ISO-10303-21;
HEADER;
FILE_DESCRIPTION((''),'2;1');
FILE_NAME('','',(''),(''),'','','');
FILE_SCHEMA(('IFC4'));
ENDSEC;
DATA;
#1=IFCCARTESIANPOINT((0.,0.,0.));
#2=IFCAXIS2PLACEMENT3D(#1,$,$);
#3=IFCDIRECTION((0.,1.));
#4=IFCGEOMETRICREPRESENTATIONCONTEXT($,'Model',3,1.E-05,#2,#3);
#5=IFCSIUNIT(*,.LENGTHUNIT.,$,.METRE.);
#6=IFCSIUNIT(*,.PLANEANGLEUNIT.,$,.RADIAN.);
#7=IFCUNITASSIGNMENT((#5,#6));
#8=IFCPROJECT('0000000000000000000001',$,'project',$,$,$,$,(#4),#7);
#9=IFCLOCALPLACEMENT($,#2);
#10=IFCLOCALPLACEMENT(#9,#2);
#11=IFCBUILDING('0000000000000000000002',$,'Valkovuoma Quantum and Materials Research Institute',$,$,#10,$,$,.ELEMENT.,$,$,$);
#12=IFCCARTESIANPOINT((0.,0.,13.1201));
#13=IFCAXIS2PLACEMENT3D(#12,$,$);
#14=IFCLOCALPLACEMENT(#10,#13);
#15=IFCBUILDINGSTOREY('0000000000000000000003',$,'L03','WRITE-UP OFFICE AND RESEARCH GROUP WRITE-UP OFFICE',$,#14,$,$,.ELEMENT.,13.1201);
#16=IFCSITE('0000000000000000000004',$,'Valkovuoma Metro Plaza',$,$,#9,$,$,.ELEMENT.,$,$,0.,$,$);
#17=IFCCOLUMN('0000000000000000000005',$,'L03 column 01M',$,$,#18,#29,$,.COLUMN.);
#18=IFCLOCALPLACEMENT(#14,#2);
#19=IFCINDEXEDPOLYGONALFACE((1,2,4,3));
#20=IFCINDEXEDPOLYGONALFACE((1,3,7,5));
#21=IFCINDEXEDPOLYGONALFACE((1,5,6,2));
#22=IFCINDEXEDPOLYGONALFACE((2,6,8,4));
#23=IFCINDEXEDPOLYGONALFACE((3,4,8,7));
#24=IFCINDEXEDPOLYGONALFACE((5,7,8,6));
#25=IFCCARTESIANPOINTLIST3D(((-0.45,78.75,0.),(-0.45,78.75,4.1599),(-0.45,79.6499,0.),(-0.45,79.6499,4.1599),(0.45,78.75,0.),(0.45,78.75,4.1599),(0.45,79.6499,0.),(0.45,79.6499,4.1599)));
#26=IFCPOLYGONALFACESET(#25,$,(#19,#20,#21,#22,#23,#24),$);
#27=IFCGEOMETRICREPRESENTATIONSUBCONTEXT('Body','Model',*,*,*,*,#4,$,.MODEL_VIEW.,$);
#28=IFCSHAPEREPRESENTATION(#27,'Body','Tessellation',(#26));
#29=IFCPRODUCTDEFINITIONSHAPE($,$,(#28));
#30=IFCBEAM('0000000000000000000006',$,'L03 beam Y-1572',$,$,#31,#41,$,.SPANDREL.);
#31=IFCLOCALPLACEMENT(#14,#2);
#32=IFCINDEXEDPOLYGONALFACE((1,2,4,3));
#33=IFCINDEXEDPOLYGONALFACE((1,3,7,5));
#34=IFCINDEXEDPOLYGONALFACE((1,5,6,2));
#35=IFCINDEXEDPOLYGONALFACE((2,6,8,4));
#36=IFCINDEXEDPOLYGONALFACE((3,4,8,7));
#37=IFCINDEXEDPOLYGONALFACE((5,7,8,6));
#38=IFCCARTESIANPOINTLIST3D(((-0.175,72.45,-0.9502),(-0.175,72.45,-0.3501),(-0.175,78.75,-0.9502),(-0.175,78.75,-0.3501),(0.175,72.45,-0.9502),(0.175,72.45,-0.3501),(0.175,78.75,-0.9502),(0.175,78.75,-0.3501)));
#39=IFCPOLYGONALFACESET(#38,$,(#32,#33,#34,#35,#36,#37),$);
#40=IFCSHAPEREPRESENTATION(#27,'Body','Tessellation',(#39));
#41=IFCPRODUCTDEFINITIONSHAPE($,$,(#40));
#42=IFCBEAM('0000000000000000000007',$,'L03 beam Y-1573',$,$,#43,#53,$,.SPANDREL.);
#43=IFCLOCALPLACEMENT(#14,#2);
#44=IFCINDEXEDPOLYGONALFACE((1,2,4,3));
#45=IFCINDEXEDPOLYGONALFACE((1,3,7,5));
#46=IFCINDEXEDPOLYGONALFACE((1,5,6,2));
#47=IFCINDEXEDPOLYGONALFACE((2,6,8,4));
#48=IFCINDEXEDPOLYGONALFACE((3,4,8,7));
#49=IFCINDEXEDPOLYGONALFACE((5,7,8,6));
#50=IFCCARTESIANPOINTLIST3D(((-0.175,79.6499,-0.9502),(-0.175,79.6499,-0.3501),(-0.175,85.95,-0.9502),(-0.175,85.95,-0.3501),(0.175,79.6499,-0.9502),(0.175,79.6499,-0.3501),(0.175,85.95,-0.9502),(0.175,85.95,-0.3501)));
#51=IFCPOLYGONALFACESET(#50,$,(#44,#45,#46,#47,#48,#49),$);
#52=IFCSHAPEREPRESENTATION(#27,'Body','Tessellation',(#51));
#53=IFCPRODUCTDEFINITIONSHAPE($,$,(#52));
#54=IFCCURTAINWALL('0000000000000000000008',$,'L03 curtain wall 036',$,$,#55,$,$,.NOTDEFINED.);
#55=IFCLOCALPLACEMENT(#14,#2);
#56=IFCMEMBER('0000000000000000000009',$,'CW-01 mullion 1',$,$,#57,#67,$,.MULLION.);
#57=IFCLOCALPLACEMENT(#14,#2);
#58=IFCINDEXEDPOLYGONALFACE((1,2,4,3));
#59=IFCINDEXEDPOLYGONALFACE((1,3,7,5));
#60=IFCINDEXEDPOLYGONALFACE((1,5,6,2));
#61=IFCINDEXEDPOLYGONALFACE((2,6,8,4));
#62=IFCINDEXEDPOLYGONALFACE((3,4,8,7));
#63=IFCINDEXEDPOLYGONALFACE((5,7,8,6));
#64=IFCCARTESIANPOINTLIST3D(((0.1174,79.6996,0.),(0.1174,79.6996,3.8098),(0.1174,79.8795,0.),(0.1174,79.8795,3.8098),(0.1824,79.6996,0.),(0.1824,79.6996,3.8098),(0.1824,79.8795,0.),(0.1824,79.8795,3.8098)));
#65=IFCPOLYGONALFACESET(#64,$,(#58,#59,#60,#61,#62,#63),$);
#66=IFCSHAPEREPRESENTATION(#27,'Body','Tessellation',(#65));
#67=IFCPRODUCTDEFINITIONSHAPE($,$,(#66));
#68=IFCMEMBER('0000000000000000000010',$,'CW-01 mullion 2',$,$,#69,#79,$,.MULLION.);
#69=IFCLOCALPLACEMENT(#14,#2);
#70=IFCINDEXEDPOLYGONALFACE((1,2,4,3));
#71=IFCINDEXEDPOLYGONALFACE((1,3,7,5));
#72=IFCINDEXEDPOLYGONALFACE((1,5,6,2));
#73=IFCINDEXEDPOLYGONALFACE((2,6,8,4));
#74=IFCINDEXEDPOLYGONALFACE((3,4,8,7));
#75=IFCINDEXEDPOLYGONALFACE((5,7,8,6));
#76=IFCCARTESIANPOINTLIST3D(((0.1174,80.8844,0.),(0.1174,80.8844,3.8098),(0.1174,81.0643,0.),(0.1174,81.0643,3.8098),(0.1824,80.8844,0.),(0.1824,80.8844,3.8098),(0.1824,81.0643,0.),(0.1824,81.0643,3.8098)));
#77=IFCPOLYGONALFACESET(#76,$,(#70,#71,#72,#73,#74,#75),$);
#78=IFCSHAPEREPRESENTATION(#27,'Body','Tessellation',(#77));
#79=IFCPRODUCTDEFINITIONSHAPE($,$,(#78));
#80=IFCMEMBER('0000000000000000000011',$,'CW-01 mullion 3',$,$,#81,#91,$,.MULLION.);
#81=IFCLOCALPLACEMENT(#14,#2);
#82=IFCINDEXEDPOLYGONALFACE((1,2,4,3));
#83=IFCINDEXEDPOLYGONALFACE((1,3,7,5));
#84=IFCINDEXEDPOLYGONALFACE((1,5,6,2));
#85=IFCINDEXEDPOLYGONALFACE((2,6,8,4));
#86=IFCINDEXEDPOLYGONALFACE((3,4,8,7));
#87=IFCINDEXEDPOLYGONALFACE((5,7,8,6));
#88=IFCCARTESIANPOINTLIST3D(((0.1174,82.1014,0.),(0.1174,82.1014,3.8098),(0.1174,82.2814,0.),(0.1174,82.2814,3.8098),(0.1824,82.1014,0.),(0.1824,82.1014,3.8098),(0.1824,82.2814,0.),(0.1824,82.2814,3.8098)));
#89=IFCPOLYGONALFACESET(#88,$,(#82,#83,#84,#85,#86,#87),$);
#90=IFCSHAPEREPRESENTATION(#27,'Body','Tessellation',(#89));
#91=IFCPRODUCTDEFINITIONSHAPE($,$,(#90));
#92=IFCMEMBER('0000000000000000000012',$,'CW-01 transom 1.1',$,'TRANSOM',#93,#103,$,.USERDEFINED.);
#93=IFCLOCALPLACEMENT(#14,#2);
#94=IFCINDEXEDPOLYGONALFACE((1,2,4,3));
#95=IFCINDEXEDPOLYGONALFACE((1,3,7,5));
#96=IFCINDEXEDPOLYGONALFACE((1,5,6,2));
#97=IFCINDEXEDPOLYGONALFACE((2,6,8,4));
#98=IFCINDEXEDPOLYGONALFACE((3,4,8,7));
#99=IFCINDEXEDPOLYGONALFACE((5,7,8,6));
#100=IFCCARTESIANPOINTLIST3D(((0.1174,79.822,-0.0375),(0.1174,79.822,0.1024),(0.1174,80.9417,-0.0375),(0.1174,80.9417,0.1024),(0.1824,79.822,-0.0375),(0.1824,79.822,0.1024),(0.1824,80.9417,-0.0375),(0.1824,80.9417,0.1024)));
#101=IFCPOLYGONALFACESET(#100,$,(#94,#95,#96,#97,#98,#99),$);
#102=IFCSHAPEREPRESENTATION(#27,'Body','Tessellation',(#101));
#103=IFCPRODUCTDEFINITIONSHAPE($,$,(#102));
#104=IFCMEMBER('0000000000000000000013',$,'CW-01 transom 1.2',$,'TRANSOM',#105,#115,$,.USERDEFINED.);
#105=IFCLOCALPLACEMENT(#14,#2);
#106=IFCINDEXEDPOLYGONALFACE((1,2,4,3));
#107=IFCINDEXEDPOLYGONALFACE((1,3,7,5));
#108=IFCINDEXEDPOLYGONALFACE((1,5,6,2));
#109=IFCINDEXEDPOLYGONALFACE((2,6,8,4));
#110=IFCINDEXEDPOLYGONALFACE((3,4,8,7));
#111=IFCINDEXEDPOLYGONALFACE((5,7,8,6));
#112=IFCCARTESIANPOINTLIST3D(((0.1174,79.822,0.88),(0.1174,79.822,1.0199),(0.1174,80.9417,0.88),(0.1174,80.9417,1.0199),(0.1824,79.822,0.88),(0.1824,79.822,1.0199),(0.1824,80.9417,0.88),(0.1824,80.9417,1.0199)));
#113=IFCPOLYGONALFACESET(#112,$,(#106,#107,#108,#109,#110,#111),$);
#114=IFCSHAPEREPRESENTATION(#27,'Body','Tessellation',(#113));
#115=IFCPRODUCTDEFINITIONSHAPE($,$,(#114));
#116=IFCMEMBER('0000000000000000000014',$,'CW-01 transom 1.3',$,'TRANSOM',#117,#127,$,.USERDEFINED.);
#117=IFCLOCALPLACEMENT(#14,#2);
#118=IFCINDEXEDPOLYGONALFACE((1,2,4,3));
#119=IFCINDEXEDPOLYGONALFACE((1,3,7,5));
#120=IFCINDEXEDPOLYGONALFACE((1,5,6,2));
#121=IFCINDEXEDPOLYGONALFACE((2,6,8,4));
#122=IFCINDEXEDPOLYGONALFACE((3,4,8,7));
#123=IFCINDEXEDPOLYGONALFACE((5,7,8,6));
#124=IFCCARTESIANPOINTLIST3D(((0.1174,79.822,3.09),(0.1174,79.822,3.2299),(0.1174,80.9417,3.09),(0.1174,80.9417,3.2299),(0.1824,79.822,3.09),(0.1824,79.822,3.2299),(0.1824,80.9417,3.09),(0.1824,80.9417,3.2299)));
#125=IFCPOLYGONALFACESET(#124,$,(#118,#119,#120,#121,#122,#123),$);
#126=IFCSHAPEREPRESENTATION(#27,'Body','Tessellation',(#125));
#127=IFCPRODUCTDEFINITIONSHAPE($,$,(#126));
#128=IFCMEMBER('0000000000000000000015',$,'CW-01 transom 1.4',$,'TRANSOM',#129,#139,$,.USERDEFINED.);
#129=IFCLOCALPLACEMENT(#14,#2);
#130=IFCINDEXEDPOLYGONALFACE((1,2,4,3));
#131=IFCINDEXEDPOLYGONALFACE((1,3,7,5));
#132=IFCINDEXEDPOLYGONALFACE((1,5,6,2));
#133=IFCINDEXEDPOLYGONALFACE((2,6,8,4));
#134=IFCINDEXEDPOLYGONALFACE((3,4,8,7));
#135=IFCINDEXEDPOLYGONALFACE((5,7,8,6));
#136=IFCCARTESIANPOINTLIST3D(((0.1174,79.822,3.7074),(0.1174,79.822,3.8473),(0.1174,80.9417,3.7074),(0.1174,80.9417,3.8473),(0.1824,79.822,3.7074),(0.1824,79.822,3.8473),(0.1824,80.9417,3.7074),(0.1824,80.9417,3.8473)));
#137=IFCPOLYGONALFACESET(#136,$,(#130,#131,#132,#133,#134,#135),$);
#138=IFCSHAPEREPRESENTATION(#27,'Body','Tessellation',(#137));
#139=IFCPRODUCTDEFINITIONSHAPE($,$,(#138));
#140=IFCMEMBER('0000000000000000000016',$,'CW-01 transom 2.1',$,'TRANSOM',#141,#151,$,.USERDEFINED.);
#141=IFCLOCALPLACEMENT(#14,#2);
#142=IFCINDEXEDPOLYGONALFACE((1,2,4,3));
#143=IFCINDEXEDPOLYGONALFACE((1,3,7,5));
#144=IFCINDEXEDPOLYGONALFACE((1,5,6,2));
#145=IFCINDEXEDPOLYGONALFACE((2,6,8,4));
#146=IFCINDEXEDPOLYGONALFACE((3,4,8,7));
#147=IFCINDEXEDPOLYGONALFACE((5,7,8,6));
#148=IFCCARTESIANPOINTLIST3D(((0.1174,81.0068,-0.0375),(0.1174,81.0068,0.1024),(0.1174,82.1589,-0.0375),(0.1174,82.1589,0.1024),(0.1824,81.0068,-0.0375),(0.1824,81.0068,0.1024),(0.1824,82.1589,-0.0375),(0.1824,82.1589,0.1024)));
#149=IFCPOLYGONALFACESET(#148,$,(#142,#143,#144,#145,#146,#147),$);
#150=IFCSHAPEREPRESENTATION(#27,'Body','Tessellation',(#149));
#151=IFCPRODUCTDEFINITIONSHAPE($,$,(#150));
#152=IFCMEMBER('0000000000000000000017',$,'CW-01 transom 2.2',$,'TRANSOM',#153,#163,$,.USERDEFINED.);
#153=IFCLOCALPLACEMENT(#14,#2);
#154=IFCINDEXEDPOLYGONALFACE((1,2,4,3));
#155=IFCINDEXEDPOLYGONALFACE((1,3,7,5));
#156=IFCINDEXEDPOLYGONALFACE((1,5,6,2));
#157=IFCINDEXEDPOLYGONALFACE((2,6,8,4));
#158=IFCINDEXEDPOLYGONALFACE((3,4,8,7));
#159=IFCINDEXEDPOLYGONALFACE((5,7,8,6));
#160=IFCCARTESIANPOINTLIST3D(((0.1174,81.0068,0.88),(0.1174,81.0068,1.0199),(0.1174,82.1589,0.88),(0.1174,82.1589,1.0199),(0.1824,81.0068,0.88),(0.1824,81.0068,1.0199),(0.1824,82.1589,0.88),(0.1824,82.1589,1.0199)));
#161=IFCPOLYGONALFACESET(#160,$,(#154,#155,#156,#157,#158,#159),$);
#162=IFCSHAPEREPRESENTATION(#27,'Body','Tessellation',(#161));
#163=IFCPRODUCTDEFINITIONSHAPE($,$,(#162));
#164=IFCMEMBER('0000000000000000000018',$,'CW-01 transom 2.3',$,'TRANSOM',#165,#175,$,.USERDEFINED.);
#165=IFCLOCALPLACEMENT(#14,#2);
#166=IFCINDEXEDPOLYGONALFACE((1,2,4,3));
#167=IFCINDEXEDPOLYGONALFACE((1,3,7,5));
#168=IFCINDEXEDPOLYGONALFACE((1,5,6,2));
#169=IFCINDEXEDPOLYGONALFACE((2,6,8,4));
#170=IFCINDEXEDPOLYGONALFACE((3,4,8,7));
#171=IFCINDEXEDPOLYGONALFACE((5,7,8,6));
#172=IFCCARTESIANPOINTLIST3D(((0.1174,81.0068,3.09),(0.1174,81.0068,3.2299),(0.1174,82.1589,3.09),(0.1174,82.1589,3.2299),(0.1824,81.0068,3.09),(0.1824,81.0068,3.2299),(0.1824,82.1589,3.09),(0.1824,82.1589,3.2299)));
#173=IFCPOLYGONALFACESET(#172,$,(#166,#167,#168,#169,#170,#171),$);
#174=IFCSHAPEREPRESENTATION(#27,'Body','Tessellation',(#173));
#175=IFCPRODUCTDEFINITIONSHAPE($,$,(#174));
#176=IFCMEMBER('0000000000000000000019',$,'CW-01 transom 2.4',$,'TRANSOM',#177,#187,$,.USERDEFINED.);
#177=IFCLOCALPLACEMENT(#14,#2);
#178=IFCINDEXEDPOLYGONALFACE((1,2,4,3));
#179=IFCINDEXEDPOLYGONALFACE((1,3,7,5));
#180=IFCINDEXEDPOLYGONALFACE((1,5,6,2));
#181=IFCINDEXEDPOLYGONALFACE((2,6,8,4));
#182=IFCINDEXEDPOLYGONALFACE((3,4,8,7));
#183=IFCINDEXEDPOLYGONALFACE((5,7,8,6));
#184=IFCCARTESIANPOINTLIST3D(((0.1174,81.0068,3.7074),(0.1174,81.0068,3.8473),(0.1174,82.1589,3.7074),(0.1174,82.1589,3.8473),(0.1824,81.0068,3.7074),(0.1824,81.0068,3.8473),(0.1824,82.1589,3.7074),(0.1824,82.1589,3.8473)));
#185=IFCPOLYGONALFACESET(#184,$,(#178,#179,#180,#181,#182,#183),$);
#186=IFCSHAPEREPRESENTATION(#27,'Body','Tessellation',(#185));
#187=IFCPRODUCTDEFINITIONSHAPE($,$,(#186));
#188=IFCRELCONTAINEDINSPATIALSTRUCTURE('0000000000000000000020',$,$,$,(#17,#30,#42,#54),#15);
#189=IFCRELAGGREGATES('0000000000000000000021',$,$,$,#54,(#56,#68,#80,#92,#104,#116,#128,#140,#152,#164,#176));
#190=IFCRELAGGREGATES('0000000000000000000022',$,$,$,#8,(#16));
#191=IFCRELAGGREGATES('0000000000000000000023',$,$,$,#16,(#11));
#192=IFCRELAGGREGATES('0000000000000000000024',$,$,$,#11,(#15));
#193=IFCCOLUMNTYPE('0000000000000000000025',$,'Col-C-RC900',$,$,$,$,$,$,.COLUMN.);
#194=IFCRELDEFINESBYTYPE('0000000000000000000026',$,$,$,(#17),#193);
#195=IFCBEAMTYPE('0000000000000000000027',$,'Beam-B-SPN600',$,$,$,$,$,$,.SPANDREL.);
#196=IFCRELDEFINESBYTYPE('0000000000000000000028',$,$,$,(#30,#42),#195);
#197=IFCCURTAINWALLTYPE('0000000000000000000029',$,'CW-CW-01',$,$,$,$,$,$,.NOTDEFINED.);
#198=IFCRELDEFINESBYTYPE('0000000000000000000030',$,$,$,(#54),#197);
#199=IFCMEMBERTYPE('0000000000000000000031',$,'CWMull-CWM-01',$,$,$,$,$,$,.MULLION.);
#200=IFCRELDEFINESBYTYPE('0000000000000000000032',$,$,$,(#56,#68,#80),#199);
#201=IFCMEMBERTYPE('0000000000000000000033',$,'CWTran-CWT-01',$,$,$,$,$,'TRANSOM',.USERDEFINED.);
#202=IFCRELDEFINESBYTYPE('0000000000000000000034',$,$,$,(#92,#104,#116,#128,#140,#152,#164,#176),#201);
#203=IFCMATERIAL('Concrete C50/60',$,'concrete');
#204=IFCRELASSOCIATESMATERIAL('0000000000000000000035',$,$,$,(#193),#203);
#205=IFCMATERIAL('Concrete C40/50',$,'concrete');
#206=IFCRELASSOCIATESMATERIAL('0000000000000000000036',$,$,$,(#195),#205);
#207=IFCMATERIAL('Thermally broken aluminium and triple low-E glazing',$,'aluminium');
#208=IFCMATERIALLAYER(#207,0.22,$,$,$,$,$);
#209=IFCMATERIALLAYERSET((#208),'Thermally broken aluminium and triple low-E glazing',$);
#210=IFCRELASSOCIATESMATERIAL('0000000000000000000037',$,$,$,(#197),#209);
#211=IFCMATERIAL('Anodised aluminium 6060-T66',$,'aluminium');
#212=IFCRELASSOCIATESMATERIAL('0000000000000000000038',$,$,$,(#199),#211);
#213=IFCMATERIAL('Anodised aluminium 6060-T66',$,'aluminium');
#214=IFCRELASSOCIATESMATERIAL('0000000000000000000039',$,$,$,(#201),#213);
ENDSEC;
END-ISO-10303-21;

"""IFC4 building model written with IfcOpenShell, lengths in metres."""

from ifc_helpers import new_model, si_unit, direction, frame, origin, origin_2d, place, context, subcontext, project, spatial, rectangle, extrude, material, layer, layer_set, material_profile, profile_set, type_object, element, aggregate, save


model = new_model("IFC4")

# Units and contexts
model_context = context("Model", 3, precision=1e-05, world=origin(), true_north=direction((0.0, 1.0)))
body_context = subcontext(model_context, "Body", "Model", "MODEL_VIEW")
ifc_project = project(units=[si_unit("LENGTHUNIT", "METRE"), si_unit("PLANEANGLEUNIT", "RADIAN")], contexts=[model_context])

# Site, building, storey
site_placement = place(None, origin())
site = spatial("IfcSite", under=ifc_project, at=site_placement, Name="Valkovuoma Metro Plaza", CompositionType="ELEMENT", RefElevation=0.0)
building_placement = place(site_placement, origin())
building = spatial("IfcBuilding", under=site, at=building_placement, Name="Valkovuoma Quantum and Materials Research Institute", CompositionType="ELEMENT")
storey_placement = place(building_placement, frame((0.0, 0.0, 13.1201)))
storey = spatial("IfcBuildingStorey", under=building, at=storey_placement, Name="L03", Description="WRITE-UP OFFICE AND RESEARCH GROUP WRITE-UP OFFICE", CompositionType="ELEMENT", Elevation=13.1201)

# Column
ifc_material_1 = material(Name="Concrete C50/60", Category="concrete")
ifc_material_profile_1 = material_profile(ifc_material_1, rectangle(XDim=0.8999, YDim=0.8999, at=origin_2d()), Name="Concrete C50/60")
ifc_profile_set_1 = profile_set([ifc_material_profile_1], Name="Concrete C50/60")
column_type = type_object("IfcColumnType", Name="Col-C-RC900", PredefinedType="COLUMN", material=ifc_profile_set_1)
column_placement = place(storey_placement, frame((0.0, 79.2, 0.0), z_axis=(0.0, 0.0, 1.0), x_axis=(1.0, 0.0, 0.0)))
element("IfcColumn", 1, at=column_placement, inside=storey, type_object=column_type, Name="L03 column 01M", PredefinedType="COLUMN", context=body_context, shape_type="SweptSolid", body=[
    extrude(rectangle(XDim=0.8999, YDim=0.8999, at=origin_2d()), origin(), (0.0, 0.0, 1.0), 4.1599),
])

# Beams
ifc_material_2 = material(Name="Concrete C40/50", Category="concrete")
ifc_material_profile_2 = material_profile(ifc_material_2, rectangle(XDim=0.3501, YDim=0.6001, at=origin_2d()), Name="Concrete C40/50")
ifc_profile_set_2 = profile_set([ifc_material_profile_2], Name="Concrete C40/50")
beam_type = type_object("IfcBeamType", Name="Beam-B-SPN600", PredefinedType="SPANDREL", material=ifc_profile_set_2)
for number, where, z_axis, x_axis, name in (
    (2, (0.0, 72.45, -0.6501), (0.0, 1.0, 0.0), (-1.0, 0.0, 0.0), "L03 beam Y-1572"),
    (3, (0.0, 79.6499, -0.6501), (0.0, 1.0, 0.0), (-1.0, 0.0, 0.0), "L03 beam Y-1573"),
):
    element("IfcBeam", number, at=place(storey_placement, frame(where, z_axis=z_axis, x_axis=x_axis)), inside=storey, type_object=beam_type, Name=name, PredefinedType="SPANDREL", context=body_context, shape_type="SweptSolid", body=[
        extrude(rectangle(XDim=0.3501, YDim=0.6001, at=origin_2d()), origin(), (0.0, 0.0, 1.0), 6.3),
    ])

# Curtain wall, members
ifc_material_3 = material(Name="Thermally broken aluminium and triple low-E glazing", Category="aluminium")
ifc_layer_1 = layer(ifc_material_3, 0.22)
ifc_layer_set_1 = layer_set([ifc_layer_1], Name="Thermally broken aluminium and triple low-E glazing")
curtain_wall_type = type_object("IfcCurtainWallType", Name="CW-CW-01", PredefinedType="NOTDEFINED", material=ifc_layer_set_1)
curtain_wall_placement = place(storey_placement, origin())
curtain_wall = element("IfcCurtainWall", 4, at=curtain_wall_placement, inside=storey, type_object=curtain_wall_type, Name="L03 curtain wall 036", PredefinedType="NOTDEFINED")
ifc_material_4 = material(Name="Anodised aluminium 6060-T66", Category="aluminium")
ifc_material_profile_3 = material_profile(ifc_material_4, rectangle(XDim=0.0649, YDim=0.1799, at=origin_2d()), Name="Anodised aluminium 6060-T66")
ifc_profile_set_3 = profile_set([ifc_material_profile_3], Name="Anodised aluminium 6060-T66")
member_type_1 = type_object("IfcMemberType", Name="CWMull-CWM-01", PredefinedType="MULLION", material=ifc_profile_set_3)
member_1_placement = place(storey_placement, frame((0.1499, 79.7896, 0.0), z_axis=(0.0, 0.0, 1.0), x_axis=(-1.0, 0.0, 0.0)))
member_1 = element("IfcMember", 5, at=member_1_placement, type_object=member_type_1, Name="CW-01 mullion 1", PredefinedType="MULLION", context=body_context, shape_type="SweptSolid", body=[
    extrude(rectangle(XDim=0.0649, YDim=0.1799, at=origin_2d()), origin(), (0.0, 0.0, 1.0), 3.8098),
])
member_2_placement = place(storey_placement, frame((0.1499, 80.9744, 0.0), z_axis=(0.0, 0.0, 1.0), x_axis=(-1.0, 0.0, 0.0)))
member_2 = element("IfcMember", 6, at=member_2_placement, type_object=member_type_1, Name="CW-01 mullion 2", PredefinedType="MULLION", context=body_context, shape_type="SweptSolid", body=[
    extrude(rectangle(XDim=0.0649, YDim=0.1799, at=origin_2d()), origin(), (0.0, 0.0, 1.0), 3.8098),
])
member_3_placement = place(storey_placement, frame((0.1499, 82.1914, 0.0), z_axis=(0.0, 0.0, 1.0), x_axis=(-1.0, 0.0, 0.0)))
member_3 = element("IfcMember", 7, at=member_3_placement, type_object=member_type_1, Name="CW-01 mullion 3", PredefinedType="MULLION", context=body_context, shape_type="SweptSolid", body=[
    extrude(rectangle(XDim=0.0649, YDim=0.1799, at=origin_2d()), origin(), (0.0, 0.0, 1.0), 3.8098),
])
ifc_material_5 = material(Name="Anodised aluminium 6060-T66", Category="aluminium")
ifc_material_profile_4 = material_profile(ifc_material_5, rectangle(XDim=0.0649, YDim=0.1399, at=origin_2d()), Name="Anodised aluminium 6060-T66")
ifc_profile_set_4 = profile_set([ifc_material_profile_4], Name="Anodised aluminium 6060-T66")
member_type_2 = type_object("IfcMemberType", Name="CWTran-CWT-01", ElementType="TRANSOM", PredefinedType="USERDEFINED", material=ifc_profile_set_4)
member_4_placement = place(storey_placement, frame((0.1499, 79.822, 0.0325), z_axis=(0.0, 1.0, 0.0), x_axis=(-1.0, 0.0, 0.0)))
member_4 = element("IfcMember", 8, at=member_4_placement, type_object=member_type_2, Name="CW-01 transom 1.1", ObjectType="TRANSOM", PredefinedType="USERDEFINED", context=body_context, shape_type="SweptSolid", body=[
    extrude(rectangle(XDim=0.0649, YDim=0.1399, at=origin_2d()), origin(), (0.0, 0.0, 1.0), 1.1196),
])
member_5_placement = place(storey_placement, frame((0.1499, 79.822, 0.95), z_axis=(0.0, 1.0, 0.0), x_axis=(-1.0, 0.0, 0.0)))
member_5 = element("IfcMember", 9, at=member_5_placement, type_object=member_type_2, Name="CW-01 transom 1.2", ObjectType="TRANSOM", PredefinedType="USERDEFINED", context=body_context, shape_type="SweptSolid", body=[
    extrude(rectangle(XDim=0.0649, YDim=0.1399, at=origin_2d()), origin(), (0.0, 0.0, 1.0), 1.1196),
])
member_6_placement = place(storey_placement, frame((0.1499, 79.822, 3.1599), z_axis=(0.0, 1.0, 0.0), x_axis=(-1.0, 0.0, 0.0)))
member_6 = element("IfcMember", 10, at=member_6_placement, type_object=member_type_2, Name="CW-01 transom 1.3", ObjectType="TRANSOM", PredefinedType="USERDEFINED", context=body_context, shape_type="SweptSolid", body=[
    extrude(rectangle(XDim=0.0649, YDim=0.1399, at=origin_2d()), origin(), (0.0, 0.0, 1.0), 1.1196),
])
member_7_placement = place(storey_placement, frame((0.1499, 79.822, 3.7773), z_axis=(0.0, 1.0, 0.0), x_axis=(-1.0, 0.0, 0.0)))
member_7 = element("IfcMember", 11, at=member_7_placement, type_object=member_type_2, Name="CW-01 transom 1.4", ObjectType="TRANSOM", PredefinedType="USERDEFINED", context=body_context, shape_type="SweptSolid", body=[
    extrude(rectangle(XDim=0.0649, YDim=0.1399, at=origin_2d()), origin(), (0.0, 0.0, 1.0), 1.1196),
])
member_8_placement = place(storey_placement, frame((0.1499, 81.0068, 0.0325), z_axis=(0.0, 1.0, 0.0), x_axis=(-1.0, 0.0, 0.0)))
member_8 = element("IfcMember", 12, at=member_8_placement, type_object=member_type_2, Name="CW-01 transom 2.1", ObjectType="TRANSOM", PredefinedType="USERDEFINED", context=body_context, shape_type="SweptSolid", body=[
    extrude(rectangle(XDim=0.0649, YDim=0.1399, at=origin_2d()), origin(), (0.0, 0.0, 1.0), 1.1521),
])
member_9_placement = place(storey_placement, frame((0.1499, 81.0068, 0.95), z_axis=(0.0, 1.0, 0.0), x_axis=(-1.0, 0.0, 0.0)))
member_9 = element("IfcMember", 13, at=member_9_placement, type_object=member_type_2, Name="CW-01 transom 2.2", ObjectType="TRANSOM", PredefinedType="USERDEFINED", context=body_context, shape_type="SweptSolid", body=[
    extrude(rectangle(XDim=0.0649, YDim=0.1399, at=origin_2d()), origin(), (0.0, 0.0, 1.0), 1.1521),
])
member_10_placement = place(storey_placement, frame((0.1499, 81.0068, 3.1599), z_axis=(0.0, 1.0, 0.0), x_axis=(-1.0, 0.0, 0.0)))
member_10 = element("IfcMember", 14, at=member_10_placement, type_object=member_type_2, Name="CW-01 transom 2.3", ObjectType="TRANSOM", PredefinedType="USERDEFINED", context=body_context, shape_type="SweptSolid", body=[
    extrude(rectangle(XDim=0.0649, YDim=0.1399, at=origin_2d()), origin(), (0.0, 0.0, 1.0), 1.1521),
])
member_11_placement = place(storey_placement, frame((0.1499, 81.0068, 3.7773), z_axis=(0.0, 1.0, 0.0), x_axis=(-1.0, 0.0, 0.0)))
member_11 = element("IfcMember", 15, at=member_11_placement, type_object=member_type_2, Name="CW-01 transom 2.4", ObjectType="TRANSOM", PredefinedType="USERDEFINED", context=body_context, shape_type="SweptSolid", body=[
    extrude(rectangle(XDim=0.0649, YDim=0.1399, at=origin_2d()), origin(), (0.0, 0.0, 1.0), 1.1521),
])
aggregate(curtain_wall, [member_1, member_2, member_3, member_4, member_5, member_6, member_7, member_8, member_9, member_10, member_11])

save(model, "model.ifc")
